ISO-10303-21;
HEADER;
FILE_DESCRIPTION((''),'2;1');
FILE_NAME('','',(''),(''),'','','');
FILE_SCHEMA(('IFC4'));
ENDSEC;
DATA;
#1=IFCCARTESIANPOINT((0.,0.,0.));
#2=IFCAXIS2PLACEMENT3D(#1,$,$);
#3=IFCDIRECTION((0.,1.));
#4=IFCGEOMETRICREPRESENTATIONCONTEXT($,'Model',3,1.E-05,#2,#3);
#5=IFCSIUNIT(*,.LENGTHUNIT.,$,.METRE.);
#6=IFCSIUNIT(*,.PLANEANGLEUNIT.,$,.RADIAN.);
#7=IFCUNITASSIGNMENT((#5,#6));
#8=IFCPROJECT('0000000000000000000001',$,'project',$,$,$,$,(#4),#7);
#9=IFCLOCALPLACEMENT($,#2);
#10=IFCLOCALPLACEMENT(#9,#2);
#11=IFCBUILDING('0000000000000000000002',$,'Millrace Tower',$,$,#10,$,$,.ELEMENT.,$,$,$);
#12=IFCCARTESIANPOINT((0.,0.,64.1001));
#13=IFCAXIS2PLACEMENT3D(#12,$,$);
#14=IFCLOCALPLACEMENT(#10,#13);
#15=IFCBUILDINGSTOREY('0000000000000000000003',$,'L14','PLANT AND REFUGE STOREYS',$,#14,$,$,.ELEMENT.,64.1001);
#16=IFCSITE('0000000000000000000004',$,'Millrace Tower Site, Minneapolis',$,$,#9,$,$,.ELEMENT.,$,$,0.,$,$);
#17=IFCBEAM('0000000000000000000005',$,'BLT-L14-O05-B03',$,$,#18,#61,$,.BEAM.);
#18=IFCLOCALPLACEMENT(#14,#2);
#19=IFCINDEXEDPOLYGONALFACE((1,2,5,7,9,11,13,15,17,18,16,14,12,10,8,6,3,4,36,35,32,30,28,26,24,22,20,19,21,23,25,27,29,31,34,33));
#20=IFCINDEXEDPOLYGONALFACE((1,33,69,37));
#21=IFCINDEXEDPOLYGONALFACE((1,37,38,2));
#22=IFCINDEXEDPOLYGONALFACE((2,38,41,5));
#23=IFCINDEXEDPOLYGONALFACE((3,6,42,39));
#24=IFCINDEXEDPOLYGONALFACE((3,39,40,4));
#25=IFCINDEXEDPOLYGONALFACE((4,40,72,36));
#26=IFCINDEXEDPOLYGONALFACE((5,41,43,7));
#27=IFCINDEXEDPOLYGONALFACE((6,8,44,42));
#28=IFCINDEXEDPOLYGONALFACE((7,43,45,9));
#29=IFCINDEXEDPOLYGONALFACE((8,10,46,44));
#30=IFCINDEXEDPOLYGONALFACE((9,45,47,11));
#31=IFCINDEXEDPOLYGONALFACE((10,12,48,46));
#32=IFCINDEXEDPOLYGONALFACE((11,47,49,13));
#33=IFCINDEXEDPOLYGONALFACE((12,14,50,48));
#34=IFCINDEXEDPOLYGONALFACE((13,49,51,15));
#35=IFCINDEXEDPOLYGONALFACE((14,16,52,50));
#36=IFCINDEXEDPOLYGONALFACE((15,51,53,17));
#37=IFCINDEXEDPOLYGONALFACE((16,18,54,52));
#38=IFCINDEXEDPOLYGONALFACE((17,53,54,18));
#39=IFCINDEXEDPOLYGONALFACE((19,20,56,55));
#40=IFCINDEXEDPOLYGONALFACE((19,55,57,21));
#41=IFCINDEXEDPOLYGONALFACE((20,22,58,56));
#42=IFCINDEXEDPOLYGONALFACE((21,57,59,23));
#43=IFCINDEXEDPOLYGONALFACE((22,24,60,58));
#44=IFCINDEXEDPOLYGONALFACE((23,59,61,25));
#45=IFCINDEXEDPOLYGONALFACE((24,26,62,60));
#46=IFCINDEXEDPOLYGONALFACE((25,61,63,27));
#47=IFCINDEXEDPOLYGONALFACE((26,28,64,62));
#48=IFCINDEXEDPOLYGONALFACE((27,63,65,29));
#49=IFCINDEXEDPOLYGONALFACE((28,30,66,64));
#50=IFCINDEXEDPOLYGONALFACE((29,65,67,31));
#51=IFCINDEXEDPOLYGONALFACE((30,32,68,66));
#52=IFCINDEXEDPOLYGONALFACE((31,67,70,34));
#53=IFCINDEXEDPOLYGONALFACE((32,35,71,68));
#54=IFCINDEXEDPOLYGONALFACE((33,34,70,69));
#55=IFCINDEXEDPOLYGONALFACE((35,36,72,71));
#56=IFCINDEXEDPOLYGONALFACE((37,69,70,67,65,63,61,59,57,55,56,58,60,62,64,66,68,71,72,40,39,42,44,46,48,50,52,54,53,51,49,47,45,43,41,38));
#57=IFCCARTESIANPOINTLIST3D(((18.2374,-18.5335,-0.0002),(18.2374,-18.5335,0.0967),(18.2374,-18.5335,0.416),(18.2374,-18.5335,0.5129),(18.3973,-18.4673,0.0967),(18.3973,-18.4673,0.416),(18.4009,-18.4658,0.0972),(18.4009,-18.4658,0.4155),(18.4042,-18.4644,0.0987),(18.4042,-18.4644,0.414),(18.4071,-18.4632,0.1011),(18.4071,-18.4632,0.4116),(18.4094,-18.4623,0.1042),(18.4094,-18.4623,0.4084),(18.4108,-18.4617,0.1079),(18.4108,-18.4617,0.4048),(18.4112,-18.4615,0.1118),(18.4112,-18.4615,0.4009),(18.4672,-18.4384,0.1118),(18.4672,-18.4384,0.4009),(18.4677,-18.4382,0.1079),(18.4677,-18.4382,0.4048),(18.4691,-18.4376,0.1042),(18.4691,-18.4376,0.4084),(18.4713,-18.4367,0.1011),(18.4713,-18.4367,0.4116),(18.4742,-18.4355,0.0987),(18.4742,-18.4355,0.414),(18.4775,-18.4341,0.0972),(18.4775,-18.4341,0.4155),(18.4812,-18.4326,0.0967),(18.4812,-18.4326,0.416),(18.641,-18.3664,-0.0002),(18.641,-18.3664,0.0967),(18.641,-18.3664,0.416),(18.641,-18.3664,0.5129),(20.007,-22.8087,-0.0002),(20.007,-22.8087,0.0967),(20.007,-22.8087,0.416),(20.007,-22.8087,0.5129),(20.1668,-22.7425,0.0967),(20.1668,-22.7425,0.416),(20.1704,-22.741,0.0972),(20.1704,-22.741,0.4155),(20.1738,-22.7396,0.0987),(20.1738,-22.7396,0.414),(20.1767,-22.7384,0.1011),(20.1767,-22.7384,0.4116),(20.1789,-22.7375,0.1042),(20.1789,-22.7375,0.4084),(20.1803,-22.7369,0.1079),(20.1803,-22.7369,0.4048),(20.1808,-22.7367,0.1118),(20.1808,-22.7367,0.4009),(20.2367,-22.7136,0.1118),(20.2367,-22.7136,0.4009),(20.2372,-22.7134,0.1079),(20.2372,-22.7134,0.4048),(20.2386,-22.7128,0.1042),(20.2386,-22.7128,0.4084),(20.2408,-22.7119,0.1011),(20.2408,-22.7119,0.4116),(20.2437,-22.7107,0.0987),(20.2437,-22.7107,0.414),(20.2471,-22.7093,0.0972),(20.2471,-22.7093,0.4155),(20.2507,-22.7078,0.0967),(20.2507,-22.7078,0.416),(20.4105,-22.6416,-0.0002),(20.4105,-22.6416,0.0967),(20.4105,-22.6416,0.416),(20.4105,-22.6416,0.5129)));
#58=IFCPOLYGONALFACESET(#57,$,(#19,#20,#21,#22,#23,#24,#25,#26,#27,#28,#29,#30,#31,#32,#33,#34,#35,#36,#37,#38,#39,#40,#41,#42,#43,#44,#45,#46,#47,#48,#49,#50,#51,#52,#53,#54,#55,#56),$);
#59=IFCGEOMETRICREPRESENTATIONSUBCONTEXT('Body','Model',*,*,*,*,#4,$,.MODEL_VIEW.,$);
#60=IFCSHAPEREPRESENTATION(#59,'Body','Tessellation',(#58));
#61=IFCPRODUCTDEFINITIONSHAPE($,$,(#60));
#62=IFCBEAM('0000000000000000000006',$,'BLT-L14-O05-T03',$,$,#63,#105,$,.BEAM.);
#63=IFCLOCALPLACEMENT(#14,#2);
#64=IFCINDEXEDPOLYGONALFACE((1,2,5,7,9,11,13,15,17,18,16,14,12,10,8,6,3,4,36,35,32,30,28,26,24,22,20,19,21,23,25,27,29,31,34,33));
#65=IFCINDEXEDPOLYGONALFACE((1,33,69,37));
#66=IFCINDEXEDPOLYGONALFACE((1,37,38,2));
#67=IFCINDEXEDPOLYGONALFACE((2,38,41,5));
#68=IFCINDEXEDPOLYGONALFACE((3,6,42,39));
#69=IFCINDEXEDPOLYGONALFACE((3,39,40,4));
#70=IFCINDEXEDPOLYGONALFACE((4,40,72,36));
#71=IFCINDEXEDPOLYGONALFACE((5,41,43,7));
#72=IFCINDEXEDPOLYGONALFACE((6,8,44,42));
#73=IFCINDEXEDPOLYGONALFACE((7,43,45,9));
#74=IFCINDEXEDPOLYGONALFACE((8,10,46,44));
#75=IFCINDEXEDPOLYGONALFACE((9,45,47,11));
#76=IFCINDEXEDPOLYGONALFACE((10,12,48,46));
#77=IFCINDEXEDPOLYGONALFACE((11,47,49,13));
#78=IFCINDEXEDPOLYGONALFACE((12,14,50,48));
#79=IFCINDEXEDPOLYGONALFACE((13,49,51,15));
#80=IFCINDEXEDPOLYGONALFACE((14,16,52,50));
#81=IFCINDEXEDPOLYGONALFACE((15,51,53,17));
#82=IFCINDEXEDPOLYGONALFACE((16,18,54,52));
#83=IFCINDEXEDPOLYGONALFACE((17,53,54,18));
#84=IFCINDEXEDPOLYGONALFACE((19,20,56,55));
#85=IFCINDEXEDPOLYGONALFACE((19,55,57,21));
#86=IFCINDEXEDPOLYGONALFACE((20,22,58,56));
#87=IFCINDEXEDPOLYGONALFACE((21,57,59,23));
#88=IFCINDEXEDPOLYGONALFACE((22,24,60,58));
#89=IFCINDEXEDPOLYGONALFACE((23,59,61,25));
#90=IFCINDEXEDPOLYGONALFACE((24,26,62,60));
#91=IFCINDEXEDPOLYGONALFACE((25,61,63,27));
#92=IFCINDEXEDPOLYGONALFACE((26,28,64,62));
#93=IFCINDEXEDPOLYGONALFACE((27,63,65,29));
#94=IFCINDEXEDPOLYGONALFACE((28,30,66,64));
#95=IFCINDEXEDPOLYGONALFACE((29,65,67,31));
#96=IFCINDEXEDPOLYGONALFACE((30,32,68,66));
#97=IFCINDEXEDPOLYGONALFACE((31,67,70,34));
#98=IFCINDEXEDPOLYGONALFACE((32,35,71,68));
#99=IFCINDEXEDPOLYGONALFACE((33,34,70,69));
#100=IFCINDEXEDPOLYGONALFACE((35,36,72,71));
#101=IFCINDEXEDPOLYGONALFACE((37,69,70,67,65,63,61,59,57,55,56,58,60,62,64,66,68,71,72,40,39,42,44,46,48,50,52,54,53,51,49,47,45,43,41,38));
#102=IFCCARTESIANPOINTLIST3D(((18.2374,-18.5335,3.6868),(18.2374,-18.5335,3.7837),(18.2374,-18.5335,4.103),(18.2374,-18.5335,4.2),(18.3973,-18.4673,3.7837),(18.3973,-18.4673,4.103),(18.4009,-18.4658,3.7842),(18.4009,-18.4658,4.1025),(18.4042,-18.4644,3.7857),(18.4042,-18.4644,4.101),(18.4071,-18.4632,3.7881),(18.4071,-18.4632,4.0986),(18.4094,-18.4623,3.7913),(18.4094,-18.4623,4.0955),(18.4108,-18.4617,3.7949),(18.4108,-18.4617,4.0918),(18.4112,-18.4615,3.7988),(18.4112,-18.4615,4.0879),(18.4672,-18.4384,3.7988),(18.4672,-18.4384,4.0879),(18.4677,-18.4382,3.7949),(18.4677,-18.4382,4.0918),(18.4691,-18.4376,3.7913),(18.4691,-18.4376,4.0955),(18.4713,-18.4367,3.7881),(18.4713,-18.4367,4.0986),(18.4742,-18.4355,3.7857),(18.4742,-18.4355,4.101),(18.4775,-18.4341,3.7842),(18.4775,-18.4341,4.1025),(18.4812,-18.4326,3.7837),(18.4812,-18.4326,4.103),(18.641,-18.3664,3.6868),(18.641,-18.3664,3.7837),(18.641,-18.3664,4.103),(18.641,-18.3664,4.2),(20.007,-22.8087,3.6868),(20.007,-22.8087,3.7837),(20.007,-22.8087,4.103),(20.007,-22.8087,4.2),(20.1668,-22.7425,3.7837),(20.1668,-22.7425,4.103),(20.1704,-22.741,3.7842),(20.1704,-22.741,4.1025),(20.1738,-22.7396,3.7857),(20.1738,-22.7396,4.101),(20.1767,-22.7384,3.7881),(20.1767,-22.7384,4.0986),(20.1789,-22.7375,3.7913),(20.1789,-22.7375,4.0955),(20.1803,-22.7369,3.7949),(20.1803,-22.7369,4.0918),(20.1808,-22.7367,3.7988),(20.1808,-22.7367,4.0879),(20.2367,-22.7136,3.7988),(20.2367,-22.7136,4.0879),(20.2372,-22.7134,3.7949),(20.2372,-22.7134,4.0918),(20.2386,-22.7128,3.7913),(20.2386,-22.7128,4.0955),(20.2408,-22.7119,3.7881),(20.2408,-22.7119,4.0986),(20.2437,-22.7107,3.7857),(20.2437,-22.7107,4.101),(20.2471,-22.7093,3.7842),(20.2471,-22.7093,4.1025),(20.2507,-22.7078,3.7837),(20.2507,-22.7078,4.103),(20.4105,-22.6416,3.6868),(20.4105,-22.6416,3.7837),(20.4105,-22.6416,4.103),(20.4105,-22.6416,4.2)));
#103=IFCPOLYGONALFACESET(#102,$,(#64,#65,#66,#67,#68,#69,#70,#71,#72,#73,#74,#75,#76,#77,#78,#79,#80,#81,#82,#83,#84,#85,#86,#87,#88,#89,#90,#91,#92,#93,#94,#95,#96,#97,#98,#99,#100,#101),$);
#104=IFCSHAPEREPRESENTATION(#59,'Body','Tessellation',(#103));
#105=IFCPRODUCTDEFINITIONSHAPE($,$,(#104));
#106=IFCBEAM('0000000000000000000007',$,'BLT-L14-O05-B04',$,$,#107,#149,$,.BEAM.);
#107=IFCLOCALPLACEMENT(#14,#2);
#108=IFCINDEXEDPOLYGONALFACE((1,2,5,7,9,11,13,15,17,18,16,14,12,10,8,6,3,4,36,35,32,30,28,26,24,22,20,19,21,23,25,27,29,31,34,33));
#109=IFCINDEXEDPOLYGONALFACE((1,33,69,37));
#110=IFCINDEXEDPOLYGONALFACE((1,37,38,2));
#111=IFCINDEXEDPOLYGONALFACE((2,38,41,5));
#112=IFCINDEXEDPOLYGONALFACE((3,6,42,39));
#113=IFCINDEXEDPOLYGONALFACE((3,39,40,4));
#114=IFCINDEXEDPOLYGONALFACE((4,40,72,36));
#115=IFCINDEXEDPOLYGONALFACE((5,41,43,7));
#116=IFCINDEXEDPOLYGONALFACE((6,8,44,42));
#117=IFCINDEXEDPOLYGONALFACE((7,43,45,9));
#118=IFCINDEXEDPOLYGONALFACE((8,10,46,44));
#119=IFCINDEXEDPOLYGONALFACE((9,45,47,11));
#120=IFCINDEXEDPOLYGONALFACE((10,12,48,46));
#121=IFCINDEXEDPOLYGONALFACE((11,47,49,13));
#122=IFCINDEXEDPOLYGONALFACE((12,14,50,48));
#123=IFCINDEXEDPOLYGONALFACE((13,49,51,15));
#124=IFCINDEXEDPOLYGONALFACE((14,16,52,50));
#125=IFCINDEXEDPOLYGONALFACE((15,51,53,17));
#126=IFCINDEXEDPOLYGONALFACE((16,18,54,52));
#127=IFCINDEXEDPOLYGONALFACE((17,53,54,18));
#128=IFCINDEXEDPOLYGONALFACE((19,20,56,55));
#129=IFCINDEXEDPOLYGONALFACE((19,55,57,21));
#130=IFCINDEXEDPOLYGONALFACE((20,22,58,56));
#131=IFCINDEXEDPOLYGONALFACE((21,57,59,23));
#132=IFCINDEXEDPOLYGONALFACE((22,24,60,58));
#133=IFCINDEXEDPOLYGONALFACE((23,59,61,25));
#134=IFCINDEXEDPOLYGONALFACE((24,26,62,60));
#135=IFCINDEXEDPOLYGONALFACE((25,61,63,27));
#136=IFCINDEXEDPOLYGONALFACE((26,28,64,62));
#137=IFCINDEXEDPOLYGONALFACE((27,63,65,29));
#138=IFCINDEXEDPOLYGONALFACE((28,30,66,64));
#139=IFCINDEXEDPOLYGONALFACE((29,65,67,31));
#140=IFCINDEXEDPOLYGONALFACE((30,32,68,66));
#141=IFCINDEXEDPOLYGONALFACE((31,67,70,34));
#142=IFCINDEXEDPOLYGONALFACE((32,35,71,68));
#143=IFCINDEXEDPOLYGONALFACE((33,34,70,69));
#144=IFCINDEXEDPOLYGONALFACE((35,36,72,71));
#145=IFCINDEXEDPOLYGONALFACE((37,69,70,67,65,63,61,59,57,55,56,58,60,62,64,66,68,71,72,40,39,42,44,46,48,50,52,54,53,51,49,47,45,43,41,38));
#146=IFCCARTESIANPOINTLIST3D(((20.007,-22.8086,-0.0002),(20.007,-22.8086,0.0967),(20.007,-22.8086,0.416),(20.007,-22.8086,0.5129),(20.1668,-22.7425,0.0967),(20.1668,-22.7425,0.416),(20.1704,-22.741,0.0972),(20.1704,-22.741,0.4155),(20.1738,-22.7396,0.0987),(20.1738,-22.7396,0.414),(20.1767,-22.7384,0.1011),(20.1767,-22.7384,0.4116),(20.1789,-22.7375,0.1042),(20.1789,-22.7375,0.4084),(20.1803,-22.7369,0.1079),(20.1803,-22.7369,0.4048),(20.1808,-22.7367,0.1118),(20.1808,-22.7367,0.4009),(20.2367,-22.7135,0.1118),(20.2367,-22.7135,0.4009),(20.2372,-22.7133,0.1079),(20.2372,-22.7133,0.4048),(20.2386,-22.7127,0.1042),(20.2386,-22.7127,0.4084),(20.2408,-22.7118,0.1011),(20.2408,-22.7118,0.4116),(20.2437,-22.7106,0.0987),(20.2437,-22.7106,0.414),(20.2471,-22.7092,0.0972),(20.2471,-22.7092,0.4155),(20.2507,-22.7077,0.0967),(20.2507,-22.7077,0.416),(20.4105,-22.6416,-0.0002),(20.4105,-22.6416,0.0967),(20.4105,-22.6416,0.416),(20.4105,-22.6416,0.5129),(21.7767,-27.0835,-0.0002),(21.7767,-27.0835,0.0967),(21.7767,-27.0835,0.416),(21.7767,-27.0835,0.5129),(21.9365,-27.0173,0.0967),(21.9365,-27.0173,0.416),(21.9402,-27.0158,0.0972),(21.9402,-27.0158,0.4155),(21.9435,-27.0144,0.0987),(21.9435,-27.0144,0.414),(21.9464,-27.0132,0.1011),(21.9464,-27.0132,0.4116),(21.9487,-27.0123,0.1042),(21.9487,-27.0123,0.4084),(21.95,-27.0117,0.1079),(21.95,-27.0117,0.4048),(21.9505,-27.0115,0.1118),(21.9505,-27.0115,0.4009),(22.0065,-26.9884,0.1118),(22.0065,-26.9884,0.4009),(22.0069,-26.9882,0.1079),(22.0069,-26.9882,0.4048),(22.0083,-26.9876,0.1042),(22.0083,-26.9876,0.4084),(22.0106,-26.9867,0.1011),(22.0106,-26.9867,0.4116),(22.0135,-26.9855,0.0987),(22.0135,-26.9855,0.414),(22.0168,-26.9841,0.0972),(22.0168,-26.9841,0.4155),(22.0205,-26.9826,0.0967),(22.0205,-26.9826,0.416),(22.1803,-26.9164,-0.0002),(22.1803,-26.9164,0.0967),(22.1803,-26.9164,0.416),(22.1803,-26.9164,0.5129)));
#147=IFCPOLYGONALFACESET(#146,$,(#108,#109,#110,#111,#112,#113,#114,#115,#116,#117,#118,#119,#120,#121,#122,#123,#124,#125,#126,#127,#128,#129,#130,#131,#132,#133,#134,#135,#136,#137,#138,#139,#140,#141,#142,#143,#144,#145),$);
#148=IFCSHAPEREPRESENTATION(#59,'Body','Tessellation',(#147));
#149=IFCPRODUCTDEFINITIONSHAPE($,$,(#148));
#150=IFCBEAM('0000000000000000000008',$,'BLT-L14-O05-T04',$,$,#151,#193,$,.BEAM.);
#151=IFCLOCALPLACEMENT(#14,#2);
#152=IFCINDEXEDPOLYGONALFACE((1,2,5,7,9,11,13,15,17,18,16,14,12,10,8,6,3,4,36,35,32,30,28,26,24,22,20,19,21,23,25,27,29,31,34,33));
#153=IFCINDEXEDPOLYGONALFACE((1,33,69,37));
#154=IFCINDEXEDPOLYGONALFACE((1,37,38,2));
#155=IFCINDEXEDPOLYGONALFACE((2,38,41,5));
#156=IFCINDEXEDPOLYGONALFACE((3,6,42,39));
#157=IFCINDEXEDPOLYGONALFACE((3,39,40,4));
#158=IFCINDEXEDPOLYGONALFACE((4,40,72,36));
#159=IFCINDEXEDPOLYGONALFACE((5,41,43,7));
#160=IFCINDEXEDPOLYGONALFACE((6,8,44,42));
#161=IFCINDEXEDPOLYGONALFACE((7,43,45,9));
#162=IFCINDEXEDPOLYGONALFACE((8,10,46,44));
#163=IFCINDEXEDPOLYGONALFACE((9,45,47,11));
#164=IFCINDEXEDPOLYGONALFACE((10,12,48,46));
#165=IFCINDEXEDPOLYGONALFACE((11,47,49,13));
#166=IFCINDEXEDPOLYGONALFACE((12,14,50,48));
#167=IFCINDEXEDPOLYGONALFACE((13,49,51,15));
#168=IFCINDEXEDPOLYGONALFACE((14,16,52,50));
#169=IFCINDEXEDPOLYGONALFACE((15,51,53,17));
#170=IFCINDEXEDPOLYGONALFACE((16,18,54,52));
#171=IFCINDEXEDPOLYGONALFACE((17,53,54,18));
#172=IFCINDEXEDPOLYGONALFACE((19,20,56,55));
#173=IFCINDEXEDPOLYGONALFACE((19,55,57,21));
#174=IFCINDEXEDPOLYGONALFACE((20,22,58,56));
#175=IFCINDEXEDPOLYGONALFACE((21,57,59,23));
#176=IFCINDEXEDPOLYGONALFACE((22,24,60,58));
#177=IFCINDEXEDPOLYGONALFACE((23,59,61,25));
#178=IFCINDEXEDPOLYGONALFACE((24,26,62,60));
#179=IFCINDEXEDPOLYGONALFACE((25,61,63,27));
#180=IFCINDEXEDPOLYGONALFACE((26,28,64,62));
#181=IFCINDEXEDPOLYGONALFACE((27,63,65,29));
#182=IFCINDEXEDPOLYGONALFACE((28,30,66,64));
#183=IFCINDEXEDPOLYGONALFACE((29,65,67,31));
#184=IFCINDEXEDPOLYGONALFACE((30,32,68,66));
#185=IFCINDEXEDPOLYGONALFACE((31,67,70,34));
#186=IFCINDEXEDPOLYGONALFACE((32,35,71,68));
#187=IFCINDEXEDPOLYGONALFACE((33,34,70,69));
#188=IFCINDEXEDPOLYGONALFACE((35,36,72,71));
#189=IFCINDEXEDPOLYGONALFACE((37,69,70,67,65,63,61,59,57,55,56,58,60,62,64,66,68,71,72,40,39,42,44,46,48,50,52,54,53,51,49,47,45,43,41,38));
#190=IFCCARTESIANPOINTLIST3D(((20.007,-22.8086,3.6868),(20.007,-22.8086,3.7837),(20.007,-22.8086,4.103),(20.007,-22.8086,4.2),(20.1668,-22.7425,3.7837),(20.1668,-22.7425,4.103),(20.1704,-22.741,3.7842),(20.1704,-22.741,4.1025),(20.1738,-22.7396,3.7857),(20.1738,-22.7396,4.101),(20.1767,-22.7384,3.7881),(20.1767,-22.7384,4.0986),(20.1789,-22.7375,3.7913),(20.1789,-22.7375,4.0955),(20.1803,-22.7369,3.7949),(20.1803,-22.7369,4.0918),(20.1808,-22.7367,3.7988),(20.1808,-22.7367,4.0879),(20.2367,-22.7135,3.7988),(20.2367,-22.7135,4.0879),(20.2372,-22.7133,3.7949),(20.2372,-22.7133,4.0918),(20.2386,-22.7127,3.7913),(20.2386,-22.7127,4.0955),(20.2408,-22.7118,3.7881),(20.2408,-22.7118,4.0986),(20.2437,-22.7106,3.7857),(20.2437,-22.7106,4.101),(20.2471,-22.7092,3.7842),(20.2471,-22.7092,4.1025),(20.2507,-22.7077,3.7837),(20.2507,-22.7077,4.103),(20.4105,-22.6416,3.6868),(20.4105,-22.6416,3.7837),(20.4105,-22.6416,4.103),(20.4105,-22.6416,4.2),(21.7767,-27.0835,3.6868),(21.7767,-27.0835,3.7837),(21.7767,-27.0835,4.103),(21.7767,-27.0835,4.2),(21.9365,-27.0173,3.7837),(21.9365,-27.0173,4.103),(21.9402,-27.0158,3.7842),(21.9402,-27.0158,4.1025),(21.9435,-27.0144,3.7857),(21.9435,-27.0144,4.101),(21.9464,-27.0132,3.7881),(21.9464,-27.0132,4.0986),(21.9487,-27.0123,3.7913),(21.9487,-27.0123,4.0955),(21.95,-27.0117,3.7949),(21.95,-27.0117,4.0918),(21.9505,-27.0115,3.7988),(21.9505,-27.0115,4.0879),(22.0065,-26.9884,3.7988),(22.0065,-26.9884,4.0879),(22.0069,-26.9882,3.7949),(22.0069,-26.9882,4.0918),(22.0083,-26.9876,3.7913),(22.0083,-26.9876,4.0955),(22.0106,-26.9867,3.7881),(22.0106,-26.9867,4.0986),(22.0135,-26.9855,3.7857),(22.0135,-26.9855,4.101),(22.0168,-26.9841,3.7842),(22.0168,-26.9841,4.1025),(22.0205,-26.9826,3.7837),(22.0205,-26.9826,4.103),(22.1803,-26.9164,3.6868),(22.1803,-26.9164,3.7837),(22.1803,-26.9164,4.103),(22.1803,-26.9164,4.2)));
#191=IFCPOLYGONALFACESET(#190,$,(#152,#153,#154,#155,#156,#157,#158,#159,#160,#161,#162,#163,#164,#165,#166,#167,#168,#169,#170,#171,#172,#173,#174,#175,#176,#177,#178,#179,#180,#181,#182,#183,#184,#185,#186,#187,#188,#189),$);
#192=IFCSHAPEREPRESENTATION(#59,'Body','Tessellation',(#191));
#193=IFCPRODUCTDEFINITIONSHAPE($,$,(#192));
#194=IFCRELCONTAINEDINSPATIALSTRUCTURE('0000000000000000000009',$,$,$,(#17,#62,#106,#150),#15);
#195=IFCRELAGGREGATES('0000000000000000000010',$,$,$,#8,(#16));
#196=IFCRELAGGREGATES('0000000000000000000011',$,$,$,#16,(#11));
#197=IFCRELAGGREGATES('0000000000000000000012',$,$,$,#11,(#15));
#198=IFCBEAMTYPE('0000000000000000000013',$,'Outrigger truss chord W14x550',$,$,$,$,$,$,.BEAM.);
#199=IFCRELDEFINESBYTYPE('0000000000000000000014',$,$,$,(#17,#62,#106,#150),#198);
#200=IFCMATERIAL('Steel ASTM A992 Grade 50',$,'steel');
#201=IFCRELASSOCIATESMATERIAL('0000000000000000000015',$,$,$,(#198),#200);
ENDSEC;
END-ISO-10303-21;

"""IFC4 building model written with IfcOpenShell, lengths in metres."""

from ifc_helpers import new_model, si_unit, direction, frame, origin, origin_2d, place, context, subcontext, project, spatial, i_section, extrude, material, material_profile, profile_set, type_object, element, save


model = new_model("IFC4")

# Units and contexts
model_context = context("Model", 3, precision=1e-05, world=origin(), true_north=direction((0.0, 1.0)))
body_context = subcontext(model_context, "Body", "Model", "MODEL_VIEW")
ifc_project = project(units=[si_unit("LENGTHUNIT", "METRE"), si_unit("PLANEANGLEUNIT", "RADIAN")], contexts=[model_context])

# Site, building, storey
site_placement = place(None, origin())
site = spatial("IfcSite", under=ifc_project, at=site_placement, Name="Millrace Tower Site, Minneapolis", CompositionType="ELEMENT", RefElevation=0.0)
building_placement = place(site_placement, origin())
building = spatial("IfcBuilding", under=site, at=building_placement, Name="Millrace Tower", CompositionType="ELEMENT")
storey_placement = place(building_placement, frame((0.0, 0.0, 64.1001)))
storey = spatial("IfcBuildingStorey", under=building, at=storey_placement, Name="L14", Description="PLANT AND REFUGE STOREYS", CompositionType="ELEMENT", Elevation=64.1001)

# Beams
ifc_material_1 = material(Name="Steel ASTM A992 Grade 50", Category="steel")
ifc_material_profile_1 = material_profile(ifc_material_1, i_section(OverallWidth=0.4368, OverallDepth=0.5132, WebThickness=0.0605, FlangeThickness=0.0969, FilletRadius=0.0151, at=origin_2d()))
ifc_profile_set_1 = profile_set([ifc_material_profile_1], Name="Steel ASTM A992 Grade 50")
beam_type_1 = type_object("IfcBeamType", Name="Outrigger truss chord W14x550", PredefinedType="BEAM", material=ifc_profile_set_1)
for number, where, z_axis, x_axis, name in (
    (1, (18.4392, -18.45, 0.2563), (0.382445, -0.923978, 0.0), (0.923978, 0.382445, 0.0), "BLT-L14-O05-B03"),
    (2, (18.4392, -18.45, 3.9434), (0.382445, -0.923978, 0.0), (0.923978, 0.382445, 0.0), "BLT-L14-O05-T03"),
):
    element("IfcBeam", number, at=place(storey_placement, frame(where, z_axis=z_axis, x_axis=x_axis)), inside=storey, type_object=beam_type_1, Name=name, PredefinedType="BEAM", context=body_context, shape_type="SweptSolid", body=[
        extrude(i_section(OverallWidth=0.4368, OverallDepth=0.5132, WebThickness=0.0605, FlangeThickness=0.0969, FilletRadius=0.0151, at=origin_2d()), origin(), (0.0, 0.0, 1.0), 4.627),
    ])
for number, where, z_axis, x_axis, name in (
    (3, (20.2087, -22.7251, 0.2563), (0.382509, -0.923952, 0.0), (0.923952, 0.382509, 0.0), "BLT-L14-O05-B04"),
    (4, (20.2087, -22.7251, 3.9434), (0.382509, -0.923952, 0.0), (0.923952, 0.382509, 0.0), "BLT-L14-O05-T04"),
):
    element("IfcBeam", number, at=place(storey_placement, frame(where, z_axis=z_axis, x_axis=x_axis)), inside=storey, type_object=beam_type_1, Name=name, PredefinedType="BEAM", context=body_context, shape_type="SweptSolid", body=[
        extrude(i_section(OverallWidth=0.4368, OverallDepth=0.5132, WebThickness=0.0605, FlangeThickness=0.0969, FilletRadius=0.0151, at=origin_2d()), origin(), (0.0, 0.0, 1.0), 4.6267),
    ])

save(model, "model.ifc")
